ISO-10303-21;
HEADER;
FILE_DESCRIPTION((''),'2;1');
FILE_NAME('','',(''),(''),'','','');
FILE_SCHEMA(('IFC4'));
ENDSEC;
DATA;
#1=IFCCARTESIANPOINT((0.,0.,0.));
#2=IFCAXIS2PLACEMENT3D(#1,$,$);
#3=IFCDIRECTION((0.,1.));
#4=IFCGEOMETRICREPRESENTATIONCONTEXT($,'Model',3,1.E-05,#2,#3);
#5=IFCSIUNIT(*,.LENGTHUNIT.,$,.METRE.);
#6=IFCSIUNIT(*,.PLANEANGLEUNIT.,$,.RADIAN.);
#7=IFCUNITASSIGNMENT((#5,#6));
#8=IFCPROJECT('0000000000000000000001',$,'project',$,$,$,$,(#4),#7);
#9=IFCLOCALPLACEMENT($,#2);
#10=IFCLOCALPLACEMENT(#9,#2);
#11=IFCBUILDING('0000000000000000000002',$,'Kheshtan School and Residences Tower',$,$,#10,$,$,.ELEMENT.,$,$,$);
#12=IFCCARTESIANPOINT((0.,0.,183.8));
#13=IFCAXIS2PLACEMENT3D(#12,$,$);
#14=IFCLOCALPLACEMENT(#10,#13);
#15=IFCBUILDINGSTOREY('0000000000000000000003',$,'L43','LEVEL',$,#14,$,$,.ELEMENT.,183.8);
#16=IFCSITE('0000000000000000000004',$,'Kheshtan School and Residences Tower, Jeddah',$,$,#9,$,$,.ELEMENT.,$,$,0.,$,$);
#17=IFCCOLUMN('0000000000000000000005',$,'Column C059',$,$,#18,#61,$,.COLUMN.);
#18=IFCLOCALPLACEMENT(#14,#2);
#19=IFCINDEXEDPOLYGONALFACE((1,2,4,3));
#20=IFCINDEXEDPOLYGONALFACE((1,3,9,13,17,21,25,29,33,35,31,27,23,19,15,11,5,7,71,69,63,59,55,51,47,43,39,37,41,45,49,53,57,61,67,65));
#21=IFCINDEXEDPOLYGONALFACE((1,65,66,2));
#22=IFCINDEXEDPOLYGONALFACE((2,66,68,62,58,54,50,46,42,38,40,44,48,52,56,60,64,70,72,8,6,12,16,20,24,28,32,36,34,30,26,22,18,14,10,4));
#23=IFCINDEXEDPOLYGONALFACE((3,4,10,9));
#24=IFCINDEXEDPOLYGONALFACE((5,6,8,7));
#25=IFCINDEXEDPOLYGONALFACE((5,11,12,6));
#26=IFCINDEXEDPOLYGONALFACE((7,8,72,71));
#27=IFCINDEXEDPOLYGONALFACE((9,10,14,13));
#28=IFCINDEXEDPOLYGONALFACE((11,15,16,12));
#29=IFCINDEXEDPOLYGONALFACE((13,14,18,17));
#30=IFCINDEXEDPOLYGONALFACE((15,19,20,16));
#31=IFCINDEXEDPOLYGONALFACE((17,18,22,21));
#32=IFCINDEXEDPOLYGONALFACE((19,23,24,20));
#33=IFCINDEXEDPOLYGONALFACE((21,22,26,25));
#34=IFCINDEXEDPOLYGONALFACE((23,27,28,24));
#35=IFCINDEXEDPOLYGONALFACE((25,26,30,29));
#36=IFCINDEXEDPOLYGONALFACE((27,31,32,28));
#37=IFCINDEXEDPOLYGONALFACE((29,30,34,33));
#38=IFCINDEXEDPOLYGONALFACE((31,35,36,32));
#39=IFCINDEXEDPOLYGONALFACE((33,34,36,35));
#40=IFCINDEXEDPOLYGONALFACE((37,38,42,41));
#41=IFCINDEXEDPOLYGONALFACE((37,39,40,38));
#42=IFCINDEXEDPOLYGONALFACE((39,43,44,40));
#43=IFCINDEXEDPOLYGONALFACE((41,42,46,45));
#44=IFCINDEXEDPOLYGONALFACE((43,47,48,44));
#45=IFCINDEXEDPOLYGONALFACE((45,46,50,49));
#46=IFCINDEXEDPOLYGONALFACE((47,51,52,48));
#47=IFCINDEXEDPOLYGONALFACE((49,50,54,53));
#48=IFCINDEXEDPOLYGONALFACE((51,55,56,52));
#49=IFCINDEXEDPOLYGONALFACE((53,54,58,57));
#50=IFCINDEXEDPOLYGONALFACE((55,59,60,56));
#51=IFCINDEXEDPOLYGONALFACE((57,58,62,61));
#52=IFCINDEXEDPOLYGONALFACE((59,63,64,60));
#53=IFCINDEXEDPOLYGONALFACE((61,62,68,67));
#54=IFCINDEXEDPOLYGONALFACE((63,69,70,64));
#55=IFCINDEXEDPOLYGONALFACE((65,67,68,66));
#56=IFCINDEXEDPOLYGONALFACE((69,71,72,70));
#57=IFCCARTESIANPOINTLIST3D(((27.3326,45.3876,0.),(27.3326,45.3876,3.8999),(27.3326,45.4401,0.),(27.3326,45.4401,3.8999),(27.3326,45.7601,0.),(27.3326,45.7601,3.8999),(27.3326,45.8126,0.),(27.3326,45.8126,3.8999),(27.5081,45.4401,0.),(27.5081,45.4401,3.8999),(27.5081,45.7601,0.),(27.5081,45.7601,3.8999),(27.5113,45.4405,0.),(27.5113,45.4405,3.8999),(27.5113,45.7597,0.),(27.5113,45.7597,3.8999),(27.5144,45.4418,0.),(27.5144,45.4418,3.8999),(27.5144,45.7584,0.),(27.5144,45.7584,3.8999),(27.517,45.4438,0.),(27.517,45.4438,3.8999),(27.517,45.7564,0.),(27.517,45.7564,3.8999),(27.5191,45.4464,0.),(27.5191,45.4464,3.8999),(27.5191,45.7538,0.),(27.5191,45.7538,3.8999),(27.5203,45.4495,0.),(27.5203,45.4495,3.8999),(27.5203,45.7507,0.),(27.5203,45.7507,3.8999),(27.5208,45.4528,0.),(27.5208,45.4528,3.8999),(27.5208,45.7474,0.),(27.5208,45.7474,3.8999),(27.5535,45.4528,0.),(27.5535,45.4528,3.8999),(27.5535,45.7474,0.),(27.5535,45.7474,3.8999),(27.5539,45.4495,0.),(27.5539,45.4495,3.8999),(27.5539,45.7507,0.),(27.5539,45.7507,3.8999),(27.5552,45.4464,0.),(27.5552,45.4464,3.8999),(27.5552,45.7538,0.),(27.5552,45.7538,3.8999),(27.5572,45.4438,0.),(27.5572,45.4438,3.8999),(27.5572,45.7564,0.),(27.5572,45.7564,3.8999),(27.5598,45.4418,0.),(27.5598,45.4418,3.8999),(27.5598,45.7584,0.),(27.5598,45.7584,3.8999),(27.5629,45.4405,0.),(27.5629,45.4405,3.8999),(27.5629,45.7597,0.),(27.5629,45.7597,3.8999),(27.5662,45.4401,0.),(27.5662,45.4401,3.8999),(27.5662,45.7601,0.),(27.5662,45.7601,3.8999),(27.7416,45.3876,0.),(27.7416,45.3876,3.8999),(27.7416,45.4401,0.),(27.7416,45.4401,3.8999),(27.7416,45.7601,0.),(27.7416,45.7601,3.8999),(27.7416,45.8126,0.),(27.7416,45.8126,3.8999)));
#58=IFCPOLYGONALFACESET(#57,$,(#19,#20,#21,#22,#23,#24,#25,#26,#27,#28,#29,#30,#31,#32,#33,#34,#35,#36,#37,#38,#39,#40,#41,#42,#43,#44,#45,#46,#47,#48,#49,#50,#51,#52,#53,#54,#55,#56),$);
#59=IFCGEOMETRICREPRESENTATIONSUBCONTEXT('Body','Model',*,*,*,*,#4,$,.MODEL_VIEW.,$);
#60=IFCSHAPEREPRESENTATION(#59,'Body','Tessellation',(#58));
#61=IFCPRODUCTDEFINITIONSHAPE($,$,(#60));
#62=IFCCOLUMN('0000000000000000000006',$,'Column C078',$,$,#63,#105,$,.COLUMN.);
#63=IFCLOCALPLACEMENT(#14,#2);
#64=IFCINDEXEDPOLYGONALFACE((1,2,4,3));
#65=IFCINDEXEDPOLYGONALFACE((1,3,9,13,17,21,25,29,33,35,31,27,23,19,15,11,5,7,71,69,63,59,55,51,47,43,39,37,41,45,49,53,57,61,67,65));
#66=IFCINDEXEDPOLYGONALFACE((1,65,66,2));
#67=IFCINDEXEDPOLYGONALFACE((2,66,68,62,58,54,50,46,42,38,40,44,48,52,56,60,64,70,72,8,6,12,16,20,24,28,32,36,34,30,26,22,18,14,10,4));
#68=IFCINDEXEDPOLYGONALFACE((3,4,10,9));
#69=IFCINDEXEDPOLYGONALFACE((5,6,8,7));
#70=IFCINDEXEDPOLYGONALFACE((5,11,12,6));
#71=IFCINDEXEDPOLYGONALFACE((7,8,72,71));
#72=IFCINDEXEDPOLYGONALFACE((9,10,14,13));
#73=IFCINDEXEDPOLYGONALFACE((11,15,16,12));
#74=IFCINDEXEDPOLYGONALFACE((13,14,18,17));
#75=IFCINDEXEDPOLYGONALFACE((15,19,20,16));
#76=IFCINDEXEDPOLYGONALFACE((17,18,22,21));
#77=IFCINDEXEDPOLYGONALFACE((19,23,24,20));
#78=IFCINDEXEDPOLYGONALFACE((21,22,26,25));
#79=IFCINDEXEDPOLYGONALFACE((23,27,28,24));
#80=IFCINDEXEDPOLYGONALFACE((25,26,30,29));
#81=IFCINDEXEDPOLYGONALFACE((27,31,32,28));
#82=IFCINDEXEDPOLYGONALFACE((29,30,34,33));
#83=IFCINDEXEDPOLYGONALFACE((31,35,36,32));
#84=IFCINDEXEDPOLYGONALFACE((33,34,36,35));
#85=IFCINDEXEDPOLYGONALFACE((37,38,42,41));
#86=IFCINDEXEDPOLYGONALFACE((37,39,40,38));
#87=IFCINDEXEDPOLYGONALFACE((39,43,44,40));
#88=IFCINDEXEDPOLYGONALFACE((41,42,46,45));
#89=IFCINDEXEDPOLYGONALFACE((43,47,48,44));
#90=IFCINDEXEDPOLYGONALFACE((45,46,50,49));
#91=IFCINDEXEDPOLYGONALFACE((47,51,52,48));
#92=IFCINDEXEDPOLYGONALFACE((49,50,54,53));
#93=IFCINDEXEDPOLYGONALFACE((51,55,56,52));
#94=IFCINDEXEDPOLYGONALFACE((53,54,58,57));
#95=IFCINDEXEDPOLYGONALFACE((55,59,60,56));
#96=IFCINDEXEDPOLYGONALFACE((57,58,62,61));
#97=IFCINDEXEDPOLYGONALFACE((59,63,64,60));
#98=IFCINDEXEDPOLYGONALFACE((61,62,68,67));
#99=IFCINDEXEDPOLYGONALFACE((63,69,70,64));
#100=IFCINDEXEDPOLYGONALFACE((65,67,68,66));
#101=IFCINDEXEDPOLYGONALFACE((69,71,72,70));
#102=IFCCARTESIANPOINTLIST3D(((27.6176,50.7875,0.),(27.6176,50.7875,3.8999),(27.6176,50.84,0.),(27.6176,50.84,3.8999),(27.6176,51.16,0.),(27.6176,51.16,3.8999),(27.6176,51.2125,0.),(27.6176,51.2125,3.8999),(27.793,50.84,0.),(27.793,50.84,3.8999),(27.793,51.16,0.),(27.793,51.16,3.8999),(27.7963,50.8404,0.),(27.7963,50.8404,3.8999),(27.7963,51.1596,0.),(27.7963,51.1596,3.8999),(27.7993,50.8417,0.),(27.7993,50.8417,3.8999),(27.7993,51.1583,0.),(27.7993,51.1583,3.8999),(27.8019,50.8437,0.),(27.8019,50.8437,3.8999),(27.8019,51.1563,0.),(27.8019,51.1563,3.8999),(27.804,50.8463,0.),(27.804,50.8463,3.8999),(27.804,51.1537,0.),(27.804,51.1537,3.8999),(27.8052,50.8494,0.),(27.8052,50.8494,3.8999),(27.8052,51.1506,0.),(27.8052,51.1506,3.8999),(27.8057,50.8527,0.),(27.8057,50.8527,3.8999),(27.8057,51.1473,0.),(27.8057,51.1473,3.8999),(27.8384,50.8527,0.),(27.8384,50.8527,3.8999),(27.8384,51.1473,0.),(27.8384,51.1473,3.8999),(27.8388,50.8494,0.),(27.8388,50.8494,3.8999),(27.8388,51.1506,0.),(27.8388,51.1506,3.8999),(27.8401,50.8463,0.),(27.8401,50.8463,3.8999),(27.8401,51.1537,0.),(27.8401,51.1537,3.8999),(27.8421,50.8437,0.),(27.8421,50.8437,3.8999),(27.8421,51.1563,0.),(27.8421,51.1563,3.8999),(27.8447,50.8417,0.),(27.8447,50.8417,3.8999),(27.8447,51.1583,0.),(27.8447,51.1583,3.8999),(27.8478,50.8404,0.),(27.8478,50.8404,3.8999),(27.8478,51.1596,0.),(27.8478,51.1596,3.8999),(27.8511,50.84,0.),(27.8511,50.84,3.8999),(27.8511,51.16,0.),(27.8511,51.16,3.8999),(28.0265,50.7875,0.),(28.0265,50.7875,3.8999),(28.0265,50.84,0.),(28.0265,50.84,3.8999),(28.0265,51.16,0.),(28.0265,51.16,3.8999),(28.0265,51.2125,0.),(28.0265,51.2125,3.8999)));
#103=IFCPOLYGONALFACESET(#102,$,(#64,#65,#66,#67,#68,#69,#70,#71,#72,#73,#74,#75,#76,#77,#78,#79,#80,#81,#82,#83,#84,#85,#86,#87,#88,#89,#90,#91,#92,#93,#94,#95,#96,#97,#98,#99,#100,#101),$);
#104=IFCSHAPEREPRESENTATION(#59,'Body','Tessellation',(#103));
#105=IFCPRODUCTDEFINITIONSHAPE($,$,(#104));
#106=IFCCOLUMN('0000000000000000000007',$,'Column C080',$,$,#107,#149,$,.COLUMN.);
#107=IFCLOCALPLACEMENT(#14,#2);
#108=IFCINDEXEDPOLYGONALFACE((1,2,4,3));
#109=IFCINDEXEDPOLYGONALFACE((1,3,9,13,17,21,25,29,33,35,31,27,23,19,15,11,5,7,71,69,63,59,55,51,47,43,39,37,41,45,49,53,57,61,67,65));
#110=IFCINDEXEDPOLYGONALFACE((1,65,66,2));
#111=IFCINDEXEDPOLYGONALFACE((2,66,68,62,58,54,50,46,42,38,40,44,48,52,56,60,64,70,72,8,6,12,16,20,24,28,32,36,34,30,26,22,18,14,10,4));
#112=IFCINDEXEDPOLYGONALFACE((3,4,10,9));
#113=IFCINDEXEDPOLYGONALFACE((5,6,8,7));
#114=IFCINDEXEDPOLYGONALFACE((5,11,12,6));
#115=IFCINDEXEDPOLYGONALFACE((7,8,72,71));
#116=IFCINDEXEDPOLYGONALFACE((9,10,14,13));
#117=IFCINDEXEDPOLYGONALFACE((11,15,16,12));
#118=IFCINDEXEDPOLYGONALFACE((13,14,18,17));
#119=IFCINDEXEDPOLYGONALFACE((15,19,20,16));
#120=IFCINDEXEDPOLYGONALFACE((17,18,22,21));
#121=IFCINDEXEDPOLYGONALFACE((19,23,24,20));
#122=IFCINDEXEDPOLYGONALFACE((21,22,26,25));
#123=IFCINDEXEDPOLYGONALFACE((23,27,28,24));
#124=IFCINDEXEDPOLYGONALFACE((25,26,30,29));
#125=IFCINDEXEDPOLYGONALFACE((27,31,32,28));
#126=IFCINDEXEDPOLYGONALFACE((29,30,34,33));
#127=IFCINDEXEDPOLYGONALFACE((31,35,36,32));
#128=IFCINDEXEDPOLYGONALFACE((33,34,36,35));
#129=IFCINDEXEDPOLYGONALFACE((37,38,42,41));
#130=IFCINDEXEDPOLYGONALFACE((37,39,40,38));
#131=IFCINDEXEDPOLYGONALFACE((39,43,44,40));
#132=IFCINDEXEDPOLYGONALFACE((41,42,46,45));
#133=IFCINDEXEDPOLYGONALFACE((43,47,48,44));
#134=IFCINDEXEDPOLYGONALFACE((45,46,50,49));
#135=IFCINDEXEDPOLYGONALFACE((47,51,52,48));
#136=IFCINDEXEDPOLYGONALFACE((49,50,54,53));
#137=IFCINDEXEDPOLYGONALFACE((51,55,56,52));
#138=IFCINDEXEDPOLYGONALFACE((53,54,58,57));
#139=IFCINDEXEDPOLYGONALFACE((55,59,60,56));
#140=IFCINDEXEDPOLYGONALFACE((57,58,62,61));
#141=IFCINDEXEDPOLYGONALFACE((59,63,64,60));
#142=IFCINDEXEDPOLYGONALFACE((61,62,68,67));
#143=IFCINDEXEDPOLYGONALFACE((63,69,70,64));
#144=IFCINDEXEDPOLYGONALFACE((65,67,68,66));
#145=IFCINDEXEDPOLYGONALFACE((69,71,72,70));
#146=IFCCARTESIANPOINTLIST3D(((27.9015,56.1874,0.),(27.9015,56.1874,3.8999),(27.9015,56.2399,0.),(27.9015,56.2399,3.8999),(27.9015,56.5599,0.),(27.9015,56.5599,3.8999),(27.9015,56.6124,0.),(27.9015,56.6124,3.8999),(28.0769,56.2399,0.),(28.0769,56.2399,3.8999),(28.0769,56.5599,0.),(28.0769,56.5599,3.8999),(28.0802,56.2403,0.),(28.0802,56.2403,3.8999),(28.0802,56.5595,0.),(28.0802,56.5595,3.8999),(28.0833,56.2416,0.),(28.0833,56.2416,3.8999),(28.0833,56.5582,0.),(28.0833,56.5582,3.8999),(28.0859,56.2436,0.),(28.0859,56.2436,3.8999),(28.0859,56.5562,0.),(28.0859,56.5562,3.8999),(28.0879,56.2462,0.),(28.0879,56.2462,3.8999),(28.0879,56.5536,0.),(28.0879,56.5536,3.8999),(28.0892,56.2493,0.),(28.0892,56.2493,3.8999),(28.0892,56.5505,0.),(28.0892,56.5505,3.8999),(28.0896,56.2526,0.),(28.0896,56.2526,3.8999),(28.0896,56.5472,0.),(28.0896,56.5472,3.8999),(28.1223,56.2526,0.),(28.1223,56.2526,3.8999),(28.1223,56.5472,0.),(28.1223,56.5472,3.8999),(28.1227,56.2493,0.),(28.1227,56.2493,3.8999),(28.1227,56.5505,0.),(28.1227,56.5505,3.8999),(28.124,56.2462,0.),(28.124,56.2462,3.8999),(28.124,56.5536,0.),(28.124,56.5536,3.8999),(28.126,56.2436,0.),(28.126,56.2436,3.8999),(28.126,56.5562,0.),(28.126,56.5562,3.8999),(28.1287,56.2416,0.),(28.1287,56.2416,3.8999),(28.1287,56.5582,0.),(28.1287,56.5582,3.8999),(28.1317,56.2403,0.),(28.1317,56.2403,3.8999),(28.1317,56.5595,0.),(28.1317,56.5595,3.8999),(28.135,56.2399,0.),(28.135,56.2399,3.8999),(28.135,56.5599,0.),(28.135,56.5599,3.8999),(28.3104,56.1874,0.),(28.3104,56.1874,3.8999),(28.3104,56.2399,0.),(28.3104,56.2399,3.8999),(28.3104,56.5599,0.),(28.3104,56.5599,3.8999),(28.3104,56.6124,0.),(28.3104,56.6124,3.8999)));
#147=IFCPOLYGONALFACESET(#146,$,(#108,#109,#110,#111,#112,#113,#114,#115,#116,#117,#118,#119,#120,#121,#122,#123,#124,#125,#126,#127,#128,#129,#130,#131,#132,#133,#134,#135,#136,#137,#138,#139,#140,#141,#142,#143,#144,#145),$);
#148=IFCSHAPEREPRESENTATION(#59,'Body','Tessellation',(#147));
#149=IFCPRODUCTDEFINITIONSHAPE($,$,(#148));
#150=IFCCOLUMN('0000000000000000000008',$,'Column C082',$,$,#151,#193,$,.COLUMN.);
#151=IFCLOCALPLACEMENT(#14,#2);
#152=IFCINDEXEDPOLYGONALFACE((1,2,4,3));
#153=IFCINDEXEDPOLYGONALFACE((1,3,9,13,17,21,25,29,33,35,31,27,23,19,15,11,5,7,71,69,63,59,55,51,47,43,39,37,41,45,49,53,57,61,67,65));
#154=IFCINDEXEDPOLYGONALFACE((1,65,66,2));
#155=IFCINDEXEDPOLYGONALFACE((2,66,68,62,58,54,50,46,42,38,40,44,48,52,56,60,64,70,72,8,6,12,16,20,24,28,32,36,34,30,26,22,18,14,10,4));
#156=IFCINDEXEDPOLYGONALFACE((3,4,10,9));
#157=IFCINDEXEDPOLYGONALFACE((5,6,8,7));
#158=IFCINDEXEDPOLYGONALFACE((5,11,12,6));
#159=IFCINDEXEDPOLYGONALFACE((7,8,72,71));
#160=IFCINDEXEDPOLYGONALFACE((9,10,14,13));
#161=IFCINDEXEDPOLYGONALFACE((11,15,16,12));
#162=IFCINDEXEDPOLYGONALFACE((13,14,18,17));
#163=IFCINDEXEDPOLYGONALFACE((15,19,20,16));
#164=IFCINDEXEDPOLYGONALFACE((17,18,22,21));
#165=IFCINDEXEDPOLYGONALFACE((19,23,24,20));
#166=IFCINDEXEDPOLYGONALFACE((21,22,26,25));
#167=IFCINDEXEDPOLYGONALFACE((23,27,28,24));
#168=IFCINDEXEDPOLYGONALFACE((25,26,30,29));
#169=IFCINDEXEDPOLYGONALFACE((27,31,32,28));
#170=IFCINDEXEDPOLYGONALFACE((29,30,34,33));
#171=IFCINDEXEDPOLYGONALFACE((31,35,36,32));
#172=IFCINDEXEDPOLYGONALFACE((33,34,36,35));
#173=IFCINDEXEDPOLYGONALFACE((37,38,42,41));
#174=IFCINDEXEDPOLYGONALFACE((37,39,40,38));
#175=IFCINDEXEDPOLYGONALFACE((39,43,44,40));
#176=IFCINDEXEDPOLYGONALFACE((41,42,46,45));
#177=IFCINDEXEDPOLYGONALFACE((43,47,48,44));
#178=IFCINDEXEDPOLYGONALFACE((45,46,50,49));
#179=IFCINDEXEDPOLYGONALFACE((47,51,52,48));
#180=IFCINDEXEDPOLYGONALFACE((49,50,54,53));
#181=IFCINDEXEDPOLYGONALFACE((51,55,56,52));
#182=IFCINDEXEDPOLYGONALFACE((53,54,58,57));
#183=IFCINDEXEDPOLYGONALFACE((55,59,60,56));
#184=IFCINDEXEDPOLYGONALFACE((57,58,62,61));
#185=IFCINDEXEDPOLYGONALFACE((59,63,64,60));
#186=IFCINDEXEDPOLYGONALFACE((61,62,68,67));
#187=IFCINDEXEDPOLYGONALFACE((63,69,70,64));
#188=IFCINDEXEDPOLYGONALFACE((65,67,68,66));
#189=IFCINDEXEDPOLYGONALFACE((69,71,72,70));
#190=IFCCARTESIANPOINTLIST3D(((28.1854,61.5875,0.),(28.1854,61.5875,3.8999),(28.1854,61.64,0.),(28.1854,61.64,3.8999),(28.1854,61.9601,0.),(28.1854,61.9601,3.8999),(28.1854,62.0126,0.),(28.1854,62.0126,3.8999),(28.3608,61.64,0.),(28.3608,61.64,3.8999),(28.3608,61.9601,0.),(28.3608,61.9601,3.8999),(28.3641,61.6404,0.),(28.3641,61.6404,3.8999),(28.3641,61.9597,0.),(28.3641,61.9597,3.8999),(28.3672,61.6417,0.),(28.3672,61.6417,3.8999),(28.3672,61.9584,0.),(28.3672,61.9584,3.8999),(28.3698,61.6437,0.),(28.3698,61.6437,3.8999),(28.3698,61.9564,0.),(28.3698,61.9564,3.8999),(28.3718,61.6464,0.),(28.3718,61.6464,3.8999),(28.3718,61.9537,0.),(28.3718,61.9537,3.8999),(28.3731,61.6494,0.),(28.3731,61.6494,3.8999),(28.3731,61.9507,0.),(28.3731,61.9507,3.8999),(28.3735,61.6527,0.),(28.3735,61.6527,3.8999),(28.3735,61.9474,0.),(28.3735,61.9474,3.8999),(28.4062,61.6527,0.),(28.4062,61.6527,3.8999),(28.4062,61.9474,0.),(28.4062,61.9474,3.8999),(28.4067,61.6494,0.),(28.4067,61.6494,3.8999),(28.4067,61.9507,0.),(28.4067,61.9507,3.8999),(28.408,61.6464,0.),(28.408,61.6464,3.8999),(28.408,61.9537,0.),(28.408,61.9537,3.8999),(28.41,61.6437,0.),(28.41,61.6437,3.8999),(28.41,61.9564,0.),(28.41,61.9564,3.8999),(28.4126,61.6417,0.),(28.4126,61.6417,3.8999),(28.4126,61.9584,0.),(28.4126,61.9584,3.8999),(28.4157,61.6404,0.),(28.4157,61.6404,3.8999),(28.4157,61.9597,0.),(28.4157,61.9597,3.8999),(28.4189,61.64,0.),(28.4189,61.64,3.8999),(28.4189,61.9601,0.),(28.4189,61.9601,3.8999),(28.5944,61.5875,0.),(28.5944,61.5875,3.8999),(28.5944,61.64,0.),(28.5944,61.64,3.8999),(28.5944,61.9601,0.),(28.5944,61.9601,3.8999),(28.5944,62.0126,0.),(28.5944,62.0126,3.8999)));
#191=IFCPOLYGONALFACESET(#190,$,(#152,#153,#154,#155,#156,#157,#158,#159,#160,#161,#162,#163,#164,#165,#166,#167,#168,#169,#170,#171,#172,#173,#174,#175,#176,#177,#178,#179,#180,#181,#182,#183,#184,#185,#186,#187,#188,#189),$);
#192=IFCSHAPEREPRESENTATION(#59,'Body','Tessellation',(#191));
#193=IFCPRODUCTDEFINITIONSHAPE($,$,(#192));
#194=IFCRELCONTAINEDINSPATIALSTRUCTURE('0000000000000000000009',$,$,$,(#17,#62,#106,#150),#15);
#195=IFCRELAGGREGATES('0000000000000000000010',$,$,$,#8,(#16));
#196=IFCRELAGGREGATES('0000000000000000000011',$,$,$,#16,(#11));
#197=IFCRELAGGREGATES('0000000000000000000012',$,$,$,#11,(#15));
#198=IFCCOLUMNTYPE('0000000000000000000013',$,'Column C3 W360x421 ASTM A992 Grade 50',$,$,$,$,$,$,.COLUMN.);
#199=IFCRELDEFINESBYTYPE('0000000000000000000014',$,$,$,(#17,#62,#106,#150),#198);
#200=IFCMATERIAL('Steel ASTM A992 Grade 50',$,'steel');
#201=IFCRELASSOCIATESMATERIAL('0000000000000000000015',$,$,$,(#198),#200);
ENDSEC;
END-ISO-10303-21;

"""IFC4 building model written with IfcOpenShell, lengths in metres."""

from ifc_helpers import new_model, si_unit, direction, frame, origin, origin_2d, place, context, subcontext, project, spatial, i_section, extrude, material, material_profile, profile_set, type_object, element, save


model = new_model("IFC4")

# Units and contexts
model_context = context("Model", 3, precision=1e-05, world=origin(), true_north=direction((0.0, 1.0)))
body_context = subcontext(model_context, "Body", "Model", "MODEL_VIEW")
ifc_project = project(units=[si_unit("LENGTHUNIT", "METRE"), si_unit("PLANEANGLEUNIT", "RADIAN")], contexts=[model_context])

# Site, building, storey
site_placement = place(None, origin())
site = spatial("IfcSite", under=ifc_project, at=site_placement, Name="Kheshtan School and Residences Tower, Jeddah", CompositionType="ELEMENT", RefElevation=0.0)
building_placement = place(site_placement, origin())
building = spatial("IfcBuilding", under=site, at=building_placement, Name="Kheshtan School and Residences Tower", CompositionType="ELEMENT")
storey_placement = place(building_placement, frame((0.0, 0.0, 183.8)))
storey = spatial("IfcBuildingStorey", under=building, at=storey_placement, Name="L43", Description="LEVEL", CompositionType="ELEMENT", Elevation=183.8)

# Columns
ifc_material_1 = material(Name="Steel ASTM A992 Grade 50", Category="steel")
ifc_material_profile_1 = material_profile(ifc_material_1, i_section(OverallWidth=0.4089, OverallDepth=0.425, WebThickness=0.0327, FlangeThickness=0.0525, FilletRadius=0.0127, at=origin_2d()), Name="W360x421")
ifc_profile_set_1 = profile_set([ifc_material_profile_1], Name="Steel ASTM A992 Grade 50")
column_type = type_object("IfcColumnType", Name="Column C3 W360x421 ASTM A992 Grade 50", PredefinedType="COLUMN", material=ifc_profile_set_1)
for number, where, z_axis, x_axis, name in (
    (1, (27.5371, 45.6001, 0.0), (0.0, 0.0, 1.0), (1.0, 0.0, 0.0), "Column C059"),
    (2, (27.822, 51.0, 0.0), (0.0, 0.0, 1.0), (1.0, 0.0, 0.0), "Column C078"),
    (3, (28.106, 56.3999, 0.0), (0.0, 0.0, 1.0), (1.0, 0.0, 0.0), "Column C080"),
    (4, (28.3899, 61.8, 0.0), (0.0, 0.0, 1.0), (1.0, 0.0, 0.0), "Column C082"),
):
    element("IfcColumn", number, at=place(storey_placement, frame(where, z_axis=z_axis, x_axis=x_axis)), inside=storey, type_object=column_type, Name=name, PredefinedType="COLUMN", context=body_context, shape_type="SweptSolid", body=[
        extrude(i_section(OverallWidth=0.4089, OverallDepth=0.425, WebThickness=0.0327, FlangeThickness=0.0525, FilletRadius=0.0127, at=origin_2d()), origin(), (0.0, 0.0, 1.0), 3.8999),
    ])

save(model, "model.ifc")
